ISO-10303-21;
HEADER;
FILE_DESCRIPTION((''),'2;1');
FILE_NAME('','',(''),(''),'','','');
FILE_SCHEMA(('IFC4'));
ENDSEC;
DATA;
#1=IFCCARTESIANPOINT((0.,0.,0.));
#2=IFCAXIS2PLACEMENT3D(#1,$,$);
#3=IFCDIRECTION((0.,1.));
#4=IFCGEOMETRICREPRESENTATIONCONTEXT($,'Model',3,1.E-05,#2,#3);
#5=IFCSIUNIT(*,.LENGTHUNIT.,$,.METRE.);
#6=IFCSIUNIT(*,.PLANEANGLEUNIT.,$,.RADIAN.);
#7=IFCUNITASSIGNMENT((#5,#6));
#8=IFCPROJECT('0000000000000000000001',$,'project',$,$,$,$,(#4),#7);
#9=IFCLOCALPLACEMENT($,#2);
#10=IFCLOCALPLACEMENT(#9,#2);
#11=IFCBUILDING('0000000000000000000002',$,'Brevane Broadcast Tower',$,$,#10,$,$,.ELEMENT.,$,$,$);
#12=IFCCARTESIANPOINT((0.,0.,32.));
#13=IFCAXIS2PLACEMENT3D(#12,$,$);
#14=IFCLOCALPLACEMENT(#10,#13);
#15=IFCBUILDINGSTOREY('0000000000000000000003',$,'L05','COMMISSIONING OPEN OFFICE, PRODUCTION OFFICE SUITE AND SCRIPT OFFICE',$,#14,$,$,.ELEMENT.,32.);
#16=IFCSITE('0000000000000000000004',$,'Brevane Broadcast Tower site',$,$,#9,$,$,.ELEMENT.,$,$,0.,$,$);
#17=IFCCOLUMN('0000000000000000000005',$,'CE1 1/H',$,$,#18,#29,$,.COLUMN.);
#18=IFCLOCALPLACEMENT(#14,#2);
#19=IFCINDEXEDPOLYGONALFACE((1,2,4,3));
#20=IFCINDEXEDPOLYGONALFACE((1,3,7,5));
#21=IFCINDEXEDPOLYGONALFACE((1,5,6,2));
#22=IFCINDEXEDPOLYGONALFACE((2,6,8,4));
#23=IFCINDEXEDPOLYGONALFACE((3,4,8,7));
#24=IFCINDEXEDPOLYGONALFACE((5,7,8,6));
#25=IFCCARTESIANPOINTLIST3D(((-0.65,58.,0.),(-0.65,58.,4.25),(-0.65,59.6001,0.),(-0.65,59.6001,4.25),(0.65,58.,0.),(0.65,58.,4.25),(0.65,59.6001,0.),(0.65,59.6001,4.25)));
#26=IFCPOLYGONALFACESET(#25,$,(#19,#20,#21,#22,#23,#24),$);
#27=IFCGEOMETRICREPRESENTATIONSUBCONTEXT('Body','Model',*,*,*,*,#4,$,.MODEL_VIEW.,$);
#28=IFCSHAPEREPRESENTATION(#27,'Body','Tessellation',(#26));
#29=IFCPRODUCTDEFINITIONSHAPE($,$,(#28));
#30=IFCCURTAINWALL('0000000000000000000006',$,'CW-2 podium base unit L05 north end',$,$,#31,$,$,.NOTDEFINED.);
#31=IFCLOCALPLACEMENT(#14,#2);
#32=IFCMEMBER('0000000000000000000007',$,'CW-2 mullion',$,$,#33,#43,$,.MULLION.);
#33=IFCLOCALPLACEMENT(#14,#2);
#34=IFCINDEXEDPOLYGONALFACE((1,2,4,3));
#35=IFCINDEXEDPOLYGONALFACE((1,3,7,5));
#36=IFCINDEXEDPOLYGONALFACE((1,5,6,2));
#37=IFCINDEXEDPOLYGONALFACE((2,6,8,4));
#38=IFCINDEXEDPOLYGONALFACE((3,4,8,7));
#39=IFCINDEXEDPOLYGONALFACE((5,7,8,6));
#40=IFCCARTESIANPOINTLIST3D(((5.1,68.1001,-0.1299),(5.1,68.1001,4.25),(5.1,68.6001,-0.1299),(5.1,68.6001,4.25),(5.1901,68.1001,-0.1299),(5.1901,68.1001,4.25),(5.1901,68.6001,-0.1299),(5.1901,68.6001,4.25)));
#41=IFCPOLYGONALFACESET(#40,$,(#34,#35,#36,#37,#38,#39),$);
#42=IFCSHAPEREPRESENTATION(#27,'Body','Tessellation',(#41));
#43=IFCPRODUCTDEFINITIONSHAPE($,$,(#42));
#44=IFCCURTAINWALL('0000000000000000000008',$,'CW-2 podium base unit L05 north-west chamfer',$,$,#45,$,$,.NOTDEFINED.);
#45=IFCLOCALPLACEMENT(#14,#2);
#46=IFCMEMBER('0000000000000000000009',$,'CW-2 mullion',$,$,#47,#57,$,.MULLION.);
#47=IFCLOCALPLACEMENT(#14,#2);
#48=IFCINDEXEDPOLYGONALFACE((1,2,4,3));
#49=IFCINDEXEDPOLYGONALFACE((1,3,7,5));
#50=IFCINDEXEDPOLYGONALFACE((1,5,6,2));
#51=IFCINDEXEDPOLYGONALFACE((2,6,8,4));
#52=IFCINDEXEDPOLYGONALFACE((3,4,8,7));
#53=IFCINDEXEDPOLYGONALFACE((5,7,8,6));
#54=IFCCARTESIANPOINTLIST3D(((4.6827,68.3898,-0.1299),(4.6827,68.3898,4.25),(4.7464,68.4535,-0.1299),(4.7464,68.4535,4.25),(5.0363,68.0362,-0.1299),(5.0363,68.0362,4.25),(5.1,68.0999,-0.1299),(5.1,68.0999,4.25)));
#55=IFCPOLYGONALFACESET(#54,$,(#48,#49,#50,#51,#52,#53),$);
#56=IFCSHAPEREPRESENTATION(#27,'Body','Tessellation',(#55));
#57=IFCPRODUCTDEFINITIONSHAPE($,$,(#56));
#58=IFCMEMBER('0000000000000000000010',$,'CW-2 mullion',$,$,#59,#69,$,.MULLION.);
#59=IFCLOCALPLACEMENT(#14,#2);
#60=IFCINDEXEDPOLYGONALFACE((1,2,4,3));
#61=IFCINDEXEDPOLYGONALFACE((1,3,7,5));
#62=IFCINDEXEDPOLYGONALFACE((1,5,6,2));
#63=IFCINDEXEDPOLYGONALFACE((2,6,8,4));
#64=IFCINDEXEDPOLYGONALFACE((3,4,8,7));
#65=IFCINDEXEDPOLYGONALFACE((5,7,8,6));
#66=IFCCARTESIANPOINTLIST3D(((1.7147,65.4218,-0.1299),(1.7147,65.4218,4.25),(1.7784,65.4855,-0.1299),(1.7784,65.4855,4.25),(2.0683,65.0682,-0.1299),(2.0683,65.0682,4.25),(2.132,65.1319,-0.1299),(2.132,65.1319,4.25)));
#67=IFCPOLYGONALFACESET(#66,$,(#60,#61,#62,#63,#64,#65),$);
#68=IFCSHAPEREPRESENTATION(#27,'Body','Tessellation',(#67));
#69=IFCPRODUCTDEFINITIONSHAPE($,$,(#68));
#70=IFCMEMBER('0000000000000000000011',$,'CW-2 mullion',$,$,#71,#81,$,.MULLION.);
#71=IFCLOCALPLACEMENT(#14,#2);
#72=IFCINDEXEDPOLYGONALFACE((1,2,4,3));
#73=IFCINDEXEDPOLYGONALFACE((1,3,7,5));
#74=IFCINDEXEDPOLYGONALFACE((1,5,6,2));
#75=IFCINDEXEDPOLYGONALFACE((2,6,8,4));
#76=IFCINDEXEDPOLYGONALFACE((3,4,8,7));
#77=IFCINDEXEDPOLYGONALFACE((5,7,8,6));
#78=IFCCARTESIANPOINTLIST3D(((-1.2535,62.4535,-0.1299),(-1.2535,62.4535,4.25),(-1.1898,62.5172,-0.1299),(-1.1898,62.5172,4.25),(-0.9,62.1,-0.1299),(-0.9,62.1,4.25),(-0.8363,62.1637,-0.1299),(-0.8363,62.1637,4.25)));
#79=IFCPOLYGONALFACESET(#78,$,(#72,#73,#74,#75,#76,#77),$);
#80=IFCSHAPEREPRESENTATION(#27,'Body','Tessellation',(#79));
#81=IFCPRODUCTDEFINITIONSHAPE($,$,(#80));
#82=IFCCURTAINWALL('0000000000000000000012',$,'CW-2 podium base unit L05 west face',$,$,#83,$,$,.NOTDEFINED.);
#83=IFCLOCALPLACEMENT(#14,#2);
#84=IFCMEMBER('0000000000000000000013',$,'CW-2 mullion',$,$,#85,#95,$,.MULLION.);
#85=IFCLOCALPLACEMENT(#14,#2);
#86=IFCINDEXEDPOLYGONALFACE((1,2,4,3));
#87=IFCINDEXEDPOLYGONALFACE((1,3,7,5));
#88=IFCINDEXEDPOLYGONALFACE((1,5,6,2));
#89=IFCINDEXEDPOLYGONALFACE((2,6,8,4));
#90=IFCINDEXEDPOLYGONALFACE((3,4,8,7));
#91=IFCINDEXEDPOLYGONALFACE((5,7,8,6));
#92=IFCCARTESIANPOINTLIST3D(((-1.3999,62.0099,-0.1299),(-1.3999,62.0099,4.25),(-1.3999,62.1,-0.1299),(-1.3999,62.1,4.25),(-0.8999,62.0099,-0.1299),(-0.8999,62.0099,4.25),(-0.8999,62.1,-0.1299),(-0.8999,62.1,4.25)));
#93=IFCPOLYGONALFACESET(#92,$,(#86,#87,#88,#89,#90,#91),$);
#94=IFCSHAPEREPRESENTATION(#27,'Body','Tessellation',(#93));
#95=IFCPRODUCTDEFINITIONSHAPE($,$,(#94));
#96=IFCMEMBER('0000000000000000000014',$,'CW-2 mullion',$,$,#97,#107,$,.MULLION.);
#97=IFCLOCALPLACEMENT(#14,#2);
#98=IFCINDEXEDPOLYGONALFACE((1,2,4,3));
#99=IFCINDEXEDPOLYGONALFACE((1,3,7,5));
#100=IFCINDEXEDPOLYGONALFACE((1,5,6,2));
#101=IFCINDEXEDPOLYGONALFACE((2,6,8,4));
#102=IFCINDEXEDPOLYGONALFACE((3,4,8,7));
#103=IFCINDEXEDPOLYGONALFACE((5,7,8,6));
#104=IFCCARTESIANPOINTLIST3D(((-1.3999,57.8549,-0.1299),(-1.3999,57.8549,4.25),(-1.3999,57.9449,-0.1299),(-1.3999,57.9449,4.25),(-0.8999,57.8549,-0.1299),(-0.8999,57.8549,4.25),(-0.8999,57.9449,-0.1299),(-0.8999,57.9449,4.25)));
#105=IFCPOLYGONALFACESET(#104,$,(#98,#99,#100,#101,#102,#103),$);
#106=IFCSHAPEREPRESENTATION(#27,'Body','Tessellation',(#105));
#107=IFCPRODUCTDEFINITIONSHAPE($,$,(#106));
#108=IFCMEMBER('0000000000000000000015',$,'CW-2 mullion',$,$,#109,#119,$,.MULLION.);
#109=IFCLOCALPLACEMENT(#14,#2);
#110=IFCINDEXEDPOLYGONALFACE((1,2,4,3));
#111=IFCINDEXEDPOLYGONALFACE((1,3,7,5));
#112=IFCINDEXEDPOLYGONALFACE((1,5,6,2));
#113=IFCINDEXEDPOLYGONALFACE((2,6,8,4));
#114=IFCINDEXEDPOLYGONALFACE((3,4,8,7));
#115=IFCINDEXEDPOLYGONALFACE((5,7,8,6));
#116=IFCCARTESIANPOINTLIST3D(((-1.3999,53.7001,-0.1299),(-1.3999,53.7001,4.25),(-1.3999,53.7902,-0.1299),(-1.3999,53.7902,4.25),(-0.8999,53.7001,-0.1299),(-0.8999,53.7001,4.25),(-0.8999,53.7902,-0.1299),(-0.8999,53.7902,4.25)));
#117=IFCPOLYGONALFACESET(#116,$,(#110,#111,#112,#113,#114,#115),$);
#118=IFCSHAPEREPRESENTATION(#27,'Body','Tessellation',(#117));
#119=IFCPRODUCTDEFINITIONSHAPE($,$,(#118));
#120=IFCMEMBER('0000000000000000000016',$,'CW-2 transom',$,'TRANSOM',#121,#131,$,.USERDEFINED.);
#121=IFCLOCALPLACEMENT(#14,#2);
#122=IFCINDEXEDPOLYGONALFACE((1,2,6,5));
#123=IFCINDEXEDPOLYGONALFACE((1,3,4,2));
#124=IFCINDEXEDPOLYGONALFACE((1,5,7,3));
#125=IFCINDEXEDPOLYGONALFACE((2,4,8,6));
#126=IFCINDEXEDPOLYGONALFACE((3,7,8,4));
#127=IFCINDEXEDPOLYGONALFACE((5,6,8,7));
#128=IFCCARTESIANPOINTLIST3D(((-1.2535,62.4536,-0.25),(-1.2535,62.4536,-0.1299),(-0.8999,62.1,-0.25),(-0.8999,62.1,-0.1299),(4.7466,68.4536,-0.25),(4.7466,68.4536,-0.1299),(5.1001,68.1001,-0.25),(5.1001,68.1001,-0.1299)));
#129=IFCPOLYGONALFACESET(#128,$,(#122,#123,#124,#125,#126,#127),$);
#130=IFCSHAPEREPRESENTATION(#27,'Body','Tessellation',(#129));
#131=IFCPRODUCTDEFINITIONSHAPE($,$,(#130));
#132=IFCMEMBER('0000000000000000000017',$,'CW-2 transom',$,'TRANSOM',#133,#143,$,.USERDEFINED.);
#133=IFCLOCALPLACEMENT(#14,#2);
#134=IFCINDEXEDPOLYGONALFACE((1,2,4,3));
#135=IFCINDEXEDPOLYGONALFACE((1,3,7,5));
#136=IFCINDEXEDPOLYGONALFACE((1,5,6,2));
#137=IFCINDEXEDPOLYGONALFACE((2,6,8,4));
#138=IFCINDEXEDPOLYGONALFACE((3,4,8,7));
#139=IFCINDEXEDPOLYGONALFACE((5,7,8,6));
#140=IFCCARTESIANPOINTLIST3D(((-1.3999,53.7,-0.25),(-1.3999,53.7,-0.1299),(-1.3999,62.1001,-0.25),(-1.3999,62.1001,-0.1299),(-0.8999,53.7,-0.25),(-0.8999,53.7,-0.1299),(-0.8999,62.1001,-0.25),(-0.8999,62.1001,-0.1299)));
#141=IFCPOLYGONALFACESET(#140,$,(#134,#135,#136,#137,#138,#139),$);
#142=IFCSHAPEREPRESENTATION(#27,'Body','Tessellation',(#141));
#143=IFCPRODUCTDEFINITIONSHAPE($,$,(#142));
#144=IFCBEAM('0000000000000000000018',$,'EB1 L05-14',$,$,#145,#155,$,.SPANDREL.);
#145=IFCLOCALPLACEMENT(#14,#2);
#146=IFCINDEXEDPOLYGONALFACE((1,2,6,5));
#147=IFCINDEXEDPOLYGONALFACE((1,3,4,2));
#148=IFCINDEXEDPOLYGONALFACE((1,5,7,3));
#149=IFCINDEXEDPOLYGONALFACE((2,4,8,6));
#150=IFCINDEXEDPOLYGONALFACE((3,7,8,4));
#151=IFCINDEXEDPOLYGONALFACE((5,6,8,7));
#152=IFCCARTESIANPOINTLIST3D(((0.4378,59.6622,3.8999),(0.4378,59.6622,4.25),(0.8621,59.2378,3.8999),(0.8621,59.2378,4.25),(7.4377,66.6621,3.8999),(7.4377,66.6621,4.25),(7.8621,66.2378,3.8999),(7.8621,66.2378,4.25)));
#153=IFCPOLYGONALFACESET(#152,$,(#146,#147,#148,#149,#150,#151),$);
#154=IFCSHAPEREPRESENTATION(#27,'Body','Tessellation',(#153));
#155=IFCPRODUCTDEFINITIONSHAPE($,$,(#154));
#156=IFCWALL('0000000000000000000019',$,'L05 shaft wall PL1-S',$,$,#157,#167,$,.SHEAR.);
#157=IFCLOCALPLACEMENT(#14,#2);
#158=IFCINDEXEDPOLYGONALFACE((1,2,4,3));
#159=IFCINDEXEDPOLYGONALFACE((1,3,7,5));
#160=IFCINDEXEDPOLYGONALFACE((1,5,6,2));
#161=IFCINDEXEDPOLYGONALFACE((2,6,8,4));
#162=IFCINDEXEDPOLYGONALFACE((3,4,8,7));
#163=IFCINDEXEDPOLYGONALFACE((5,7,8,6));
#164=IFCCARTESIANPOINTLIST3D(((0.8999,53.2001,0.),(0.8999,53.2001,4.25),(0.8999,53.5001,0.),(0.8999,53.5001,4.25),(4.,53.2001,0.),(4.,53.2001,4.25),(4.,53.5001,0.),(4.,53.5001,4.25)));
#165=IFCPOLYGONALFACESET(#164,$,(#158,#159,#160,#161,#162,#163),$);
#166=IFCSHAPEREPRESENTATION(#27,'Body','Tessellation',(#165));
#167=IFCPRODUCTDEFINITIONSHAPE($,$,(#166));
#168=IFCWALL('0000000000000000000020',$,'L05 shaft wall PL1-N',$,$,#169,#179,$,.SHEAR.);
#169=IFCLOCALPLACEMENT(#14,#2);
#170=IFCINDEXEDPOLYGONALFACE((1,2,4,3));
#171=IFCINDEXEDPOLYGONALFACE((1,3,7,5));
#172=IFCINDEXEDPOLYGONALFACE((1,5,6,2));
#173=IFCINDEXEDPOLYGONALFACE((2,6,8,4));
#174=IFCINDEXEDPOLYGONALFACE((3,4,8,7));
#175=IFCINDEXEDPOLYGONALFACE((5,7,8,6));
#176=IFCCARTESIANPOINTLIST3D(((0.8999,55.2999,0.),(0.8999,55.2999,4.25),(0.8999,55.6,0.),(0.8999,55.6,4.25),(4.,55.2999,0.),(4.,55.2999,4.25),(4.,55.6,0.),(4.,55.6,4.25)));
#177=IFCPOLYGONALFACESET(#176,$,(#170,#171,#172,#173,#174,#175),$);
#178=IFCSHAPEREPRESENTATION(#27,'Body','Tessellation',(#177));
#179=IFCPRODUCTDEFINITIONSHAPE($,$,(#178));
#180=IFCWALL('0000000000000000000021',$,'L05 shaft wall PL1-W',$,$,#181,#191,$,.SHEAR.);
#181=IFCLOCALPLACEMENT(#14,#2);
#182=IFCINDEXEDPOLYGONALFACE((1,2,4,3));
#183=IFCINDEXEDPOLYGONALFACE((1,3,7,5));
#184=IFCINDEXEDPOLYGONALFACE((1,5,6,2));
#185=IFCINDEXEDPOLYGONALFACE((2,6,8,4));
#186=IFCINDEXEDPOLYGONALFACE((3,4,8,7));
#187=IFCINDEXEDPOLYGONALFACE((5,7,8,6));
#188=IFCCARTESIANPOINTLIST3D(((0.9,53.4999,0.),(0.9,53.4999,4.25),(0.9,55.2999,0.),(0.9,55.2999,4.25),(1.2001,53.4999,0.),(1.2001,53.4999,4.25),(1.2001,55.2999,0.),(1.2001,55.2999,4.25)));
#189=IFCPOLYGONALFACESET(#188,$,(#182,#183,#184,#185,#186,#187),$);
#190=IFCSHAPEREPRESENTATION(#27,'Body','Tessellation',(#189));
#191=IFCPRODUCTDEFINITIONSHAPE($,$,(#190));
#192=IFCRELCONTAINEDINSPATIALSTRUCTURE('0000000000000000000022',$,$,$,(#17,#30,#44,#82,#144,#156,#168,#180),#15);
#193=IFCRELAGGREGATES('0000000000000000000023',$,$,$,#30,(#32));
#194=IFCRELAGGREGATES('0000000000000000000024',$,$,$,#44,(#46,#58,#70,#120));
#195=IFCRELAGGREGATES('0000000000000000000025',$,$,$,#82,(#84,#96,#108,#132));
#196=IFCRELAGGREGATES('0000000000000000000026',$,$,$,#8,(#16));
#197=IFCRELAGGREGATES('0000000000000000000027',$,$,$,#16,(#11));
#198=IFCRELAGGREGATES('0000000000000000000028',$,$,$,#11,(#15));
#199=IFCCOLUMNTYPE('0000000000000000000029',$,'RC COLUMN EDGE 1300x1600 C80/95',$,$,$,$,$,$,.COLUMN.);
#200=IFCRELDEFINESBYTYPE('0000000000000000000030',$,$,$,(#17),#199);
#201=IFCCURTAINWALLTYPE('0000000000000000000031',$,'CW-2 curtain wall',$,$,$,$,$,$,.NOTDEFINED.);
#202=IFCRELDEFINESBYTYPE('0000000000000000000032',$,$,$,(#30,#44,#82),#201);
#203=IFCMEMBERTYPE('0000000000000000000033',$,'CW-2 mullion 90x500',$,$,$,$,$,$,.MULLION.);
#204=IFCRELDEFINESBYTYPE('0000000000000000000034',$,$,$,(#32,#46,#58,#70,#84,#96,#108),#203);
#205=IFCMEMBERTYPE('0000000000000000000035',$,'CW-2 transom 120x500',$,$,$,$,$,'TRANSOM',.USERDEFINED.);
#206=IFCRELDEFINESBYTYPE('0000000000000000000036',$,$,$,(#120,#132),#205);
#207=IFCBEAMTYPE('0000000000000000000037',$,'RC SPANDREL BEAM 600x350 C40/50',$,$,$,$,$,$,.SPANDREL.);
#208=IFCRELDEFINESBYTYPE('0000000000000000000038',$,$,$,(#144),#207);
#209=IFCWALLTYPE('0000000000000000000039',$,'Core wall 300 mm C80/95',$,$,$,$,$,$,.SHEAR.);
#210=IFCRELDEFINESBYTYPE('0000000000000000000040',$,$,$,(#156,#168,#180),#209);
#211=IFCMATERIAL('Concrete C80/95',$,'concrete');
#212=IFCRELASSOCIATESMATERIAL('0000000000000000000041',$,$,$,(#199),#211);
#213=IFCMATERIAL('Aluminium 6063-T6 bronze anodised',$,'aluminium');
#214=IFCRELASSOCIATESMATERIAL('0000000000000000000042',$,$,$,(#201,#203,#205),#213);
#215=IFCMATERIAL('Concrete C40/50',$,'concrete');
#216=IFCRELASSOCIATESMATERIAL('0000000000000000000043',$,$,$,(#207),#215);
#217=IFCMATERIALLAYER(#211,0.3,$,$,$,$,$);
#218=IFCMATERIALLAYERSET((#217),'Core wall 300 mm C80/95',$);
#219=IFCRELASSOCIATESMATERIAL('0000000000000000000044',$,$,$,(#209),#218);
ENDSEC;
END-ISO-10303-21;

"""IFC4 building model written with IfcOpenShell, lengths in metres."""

from ifc_helpers import new_model, si_unit, direction, frame, frame_2d, origin, origin_2d, place, context, subcontext, project, spatial, rectangle, extrude, material, layer, layer_set, material_profile, profile_set, type_object, element, aggregate, save


model = new_model("IFC4")

# Units and contexts
model_context = context("Model", 3, precision=1e-05, world=origin(), true_north=direction((0.0, 1.0)))
body_context = subcontext(model_context, "Body", "Model", "MODEL_VIEW")
ifc_project = project(units=[si_unit("LENGTHUNIT", "METRE"), si_unit("PLANEANGLEUNIT", "RADIAN")], contexts=[model_context])

# Site, building, storey
site_placement = place(None, origin())
site = spatial("IfcSite", under=ifc_project, at=site_placement, Name="Brevane Broadcast Tower site", CompositionType="ELEMENT", RefElevation=0.0)
building_placement = place(site_placement, origin())
building = spatial("IfcBuilding", under=site, at=building_placement, Name="Brevane Broadcast Tower", CompositionType="ELEMENT")
storey_placement = place(building_placement, frame((0.0, 0.0, 32.0)))
storey = spatial("IfcBuildingStorey", under=building, at=storey_placement, Name="L05", Description="COMMISSIONING OPEN OFFICE, PRODUCTION OFFICE SUITE AND SCRIPT OFFICE", CompositionType="ELEMENT", Elevation=32.0)

# Column
ifc_material_1 = material(Name="Concrete C80/95", Category="concrete")
ifc_material_profile_1 = material_profile(ifc_material_1, rectangle(XDim=1.3, YDim=1.6001, at=origin_2d()), Name="RC 1300x1600")
ifc_profile_set_1 = profile_set([ifc_material_profile_1], Name="Concrete C80/95")
column_type = type_object("IfcColumnType", Name="RC COLUMN EDGE 1300x1600 C80/95", PredefinedType="COLUMN", material=ifc_profile_set_1)
column_placement = place(storey_placement, frame((0.0, 58.8, 0.0), z_axis=(0.0, 0.0, 1.0), x_axis=(1.0, 0.0, 0.0)))
element("IfcColumn", 1, at=column_placement, inside=storey, type_object=column_type, Name="CE1 1/H", PredefinedType="COLUMN", context=body_context, shape_type="SweptSolid", body=[
    extrude(rectangle(XDim=1.3, YDim=1.6001, at=origin_2d()), origin(), (0.0, 0.0, 1.0), 4.25),
])

# Curtain wall, member
ifc_material_2 = material(Name="Aluminium 6063-T6 bronze anodised", Category="aluminium")
curtain_wall_type = type_object("IfcCurtainWallType", Name="CW-2 curtain wall", PredefinedType="NOTDEFINED", material=ifc_material_2)
curtain_wall_1_placement = place(storey_placement, origin())
curtain_wall_1 = element("IfcCurtainWall", 2, at=curtain_wall_1_placement, inside=storey, type_object=curtain_wall_type, Name="CW-2 podium base unit L05 north end", PredefinedType="NOTDEFINED")
ifc_material_profile_2 = material_profile(ifc_material_2, rectangle(XDim=0.5, YDim=0.0901, at=origin_2d()), Name="RECT 90x500")
ifc_profile_set_2 = profile_set([ifc_material_profile_2], Name="Aluminium 6063-T6 bronze anodised")
member_type_1 = type_object("IfcMemberType", Name="CW-2 mullion 90x500", PredefinedType="MULLION", material=ifc_profile_set_2)
member_1_placement = place(storey_placement, frame((5.145, 68.3501, -0.1299), z_axis=(0.0, 0.0, 1.0), x_axis=(0.0, -1.0, 0.0)))
member_1 = element("IfcMember", 3, at=member_1_placement, type_object=member_type_1, Name="CW-2 mullion", PredefinedType="MULLION", context=body_context, shape_type="SweptSolid", body=[
    extrude(rectangle(XDim=0.5, YDim=0.0901, at=origin_2d()), origin(), (0.0, 0.0, 1.0), 4.3799),
])
aggregate(curtain_wall_1, [member_1])

# Curtain walls, members
curtain_wall_2_placement = place(storey_placement, origin())
curtain_wall_2 = element("IfcCurtainWall", 4, at=curtain_wall_2_placement, inside=storey, type_object=curtain_wall_type, Name="CW-2 podium base unit L05 north-west chamfer", PredefinedType="NOTDEFINED")
member_2_placement = place(storey_placement, frame((4.8914, 68.2449, -0.1299), z_axis=(0.0, 0.0, 1.0), x_axis=(0.707107, -0.707107, 0.0)))
member_2 = element("IfcMember", 5, at=member_2_placement, type_object=member_type_1, Name="CW-2 mullion", PredefinedType="MULLION", context=body_context, shape_type="SweptSolid", body=[
    extrude(rectangle(XDim=0.5, YDim=0.0901, at=origin_2d()), origin(), (0.0, 0.0, 1.0), 4.3799),
])
member_3_placement = place(storey_placement, frame((1.9233, 65.2769, -0.1299), z_axis=(0.0, 0.0, 1.0), x_axis=(0.707107, -0.707107, 0.0)))
member_3 = element("IfcMember", 6, at=member_3_placement, type_object=member_type_1, Name="CW-2 mullion", PredefinedType="MULLION", context=body_context, shape_type="SweptSolid", body=[
    extrude(rectangle(XDim=0.5, YDim=0.0901, at=origin_2d()), origin(), (0.0, 0.0, 1.0), 4.3799),
])
member_4_placement = place(storey_placement, frame((-1.0449, 62.3086, -0.1299), z_axis=(0.0, 0.0, 1.0), x_axis=(0.707107, -0.707107, 0.0)))
member_4 = element("IfcMember", 7, at=member_4_placement, type_object=member_type_1, Name="CW-2 mullion", PredefinedType="MULLION", context=body_context, shape_type="SweptSolid", body=[
    extrude(rectangle(XDim=0.5, YDim=0.0901, at=origin_2d()), origin(), (0.0, 0.0, 1.0), 4.3799),
])
curtain_wall_3_placement = place(storey_placement, origin())
curtain_wall_3 = element("IfcCurtainWall", 8, at=curtain_wall_3_placement, inside=storey, type_object=curtain_wall_type, Name="CW-2 podium base unit L05 west face", PredefinedType="NOTDEFINED")
member_5_placement = place(storey_placement, frame((-1.1499, 62.0549, -0.1299), z_axis=(0.0, 0.0, 1.0), x_axis=(1.0, 0.0, 0.0)))
member_5 = element("IfcMember", 9, at=member_5_placement, type_object=member_type_1, Name="CW-2 mullion", PredefinedType="MULLION", context=body_context, shape_type="SweptSolid", body=[
    extrude(rectangle(XDim=0.5, YDim=0.0901, at=origin_2d()), origin(), (0.0, 0.0, 1.0), 4.3799),
])
member_6_placement = place(storey_placement, frame((-1.1499, 57.8999, -0.1299), z_axis=(0.0, 0.0, 1.0), x_axis=(1.0, 0.0, 0.0)))
member_6 = element("IfcMember", 10, at=member_6_placement, type_object=member_type_1, Name="CW-2 mullion", PredefinedType="MULLION", context=body_context, shape_type="SweptSolid", body=[
    extrude(rectangle(XDim=0.5, YDim=0.0901, at=origin_2d()), origin(), (0.0, 0.0, 1.0), 4.3799),
])
member_7_placement = place(storey_placement, frame((-1.1499, 53.7451, -0.1299), z_axis=(0.0, 0.0, 1.0), x_axis=(1.0, 0.0, 0.0)))
member_7 = element("IfcMember", 11, at=member_7_placement, type_object=member_type_1, Name="CW-2 mullion", PredefinedType="MULLION", context=body_context, shape_type="SweptSolid", body=[
    extrude(rectangle(XDim=0.5, YDim=0.0901, at=origin_2d()), origin(), (0.0, 0.0, 1.0), 4.3799),
])

# Members
ifc_material_profile_3 = material_profile(ifc_material_2, rectangle(XDim=0.5, YDim=0.1201, at=origin_2d()), Name="RECT 120x500")
ifc_profile_set_3 = profile_set([ifc_material_profile_3], Name="Aluminium 6063-T6 bronze anodised")
member_type_2 = type_object("IfcMemberType", Name="CW-2 transom 120x500", ElementType="TRANSOM", PredefinedType="USERDEFINED", material=ifc_profile_set_3)
member_8_placement = place(storey_placement, frame((4.9233, 68.2769, -0.1899), z_axis=(-0.707107, -0.707107, 0.0), x_axis=(0.707107, -0.707107, 0.0)))
member_8 = element("IfcMember", 12, at=member_8_placement, type_object=member_type_2, Name="CW-2 transom", ObjectType="TRANSOM", PredefinedType="USERDEFINED", context=body_context, shape_type="SweptSolid", body=[
    extrude(rectangle(XDim=0.5, YDim=0.1201, at=origin_2d()), origin(), (0.0, 0.0, 1.0), 8.4854),
])
aggregate(curtain_wall_2, [member_2, member_3, member_4, member_8])
member_9_placement = place(storey_placement, frame((-1.1499, 62.1001, -0.1899), z_axis=(0.0, -1.0, 0.0), x_axis=(1.0, 0.0, 0.0)))
member_9 = element("IfcMember", 13, at=member_9_placement, type_object=member_type_2, Name="CW-2 transom", ObjectType="TRANSOM", PredefinedType="USERDEFINED", context=body_context, shape_type="SweptSolid", body=[
    extrude(rectangle(XDim=0.5, YDim=0.1201, at=origin_2d()), origin(), (0.0, 0.0, 1.0), 8.4001),
])
aggregate(curtain_wall_3, [member_5, member_6, member_7, member_9])

# Beam
ifc_material_3 = material(Name="Concrete C40/50", Category="concrete")
ifc_material_profile_4 = material_profile(ifc_material_3, rectangle(XDim=0.6001, YDim=0.3501, at=origin_2d()), Name="RC 600x350")
ifc_profile_set_4 = profile_set([ifc_material_profile_4], Name="Concrete C40/50")
beam_type = type_object("IfcBeamType", Name="RC SPANDREL BEAM 600x350 C40/50", PredefinedType="SPANDREL", material=ifc_profile_set_4)
beam_placement = place(storey_placement, frame((7.6499, 66.45, 4.075), z_axis=(-0.707107, -0.707107, 0.0), x_axis=(0.707107, -0.707107, 0.0)))
element("IfcBeam", 14, at=beam_placement, inside=storey, type_object=beam_type, Name="EB1 L05-14", PredefinedType="SPANDREL", context=body_context, shape_type="SweptSolid", body=[
    extrude(rectangle(XDim=0.6001, YDim=0.3501, at=origin_2d()), origin(), (0.0, 0.0, 1.0), 9.8994),
])

# Walls
ifc_layer_1 = layer(ifc_material_1, 0.3)
ifc_layer_set_1 = layer_set([ifc_layer_1], Name="Core wall 300 mm C80/95")
wall_type_1 = type_object("IfcWallType", Name="Core wall 300 mm C80/95", PredefinedType="SHEAR", material=ifc_layer_set_1)
for number, where, z_axis, x_axis, name in (
    (15, (0.8999, 53.3501, 0.0), (0.0, 0.0, 1.0), (1.0, 0.0, 0.0), "L05 shaft wall PL1-S"),
    (16, (0.8999, 55.45, 0.0), (0.0, 0.0, 1.0), (1.0, 0.0, 0.0), "L05 shaft wall PL1-N"),
):
    element("IfcWall", number, at=place(storey_placement, frame(where, z_axis=z_axis, x_axis=x_axis)), inside=storey, type_object=wall_type_1, Name=name, PredefinedType="SHEAR", context=body_context, shape_type="SweptSolid", body=[
        extrude(rectangle(XDim=3.1001, YDim=0.3, at=frame_2d((1.55, 0.0))), origin(), (0.0, 0.0, 1.0), 4.25),
    ])
wall_1_placement = place(storey_placement, frame((1.05, 53.5, 0.0), z_axis=(0.0, 0.0, 1.0), x_axis=(0.0, 1.0, 0.0)))
element("IfcWall", 17, at=wall_1_placement, inside=storey, type_object=wall_type_1, Name="L05 shaft wall PL1-W", PredefinedType="SHEAR", context=body_context, shape_type="SweptSolid", body=[
    extrude(rectangle(XDim=1.8, YDim=0.3, at=frame_2d((0.8999, 0.0))), origin(), (0.0, 0.0, 1.0), 4.25),
])

save(model, "model.ifc")
